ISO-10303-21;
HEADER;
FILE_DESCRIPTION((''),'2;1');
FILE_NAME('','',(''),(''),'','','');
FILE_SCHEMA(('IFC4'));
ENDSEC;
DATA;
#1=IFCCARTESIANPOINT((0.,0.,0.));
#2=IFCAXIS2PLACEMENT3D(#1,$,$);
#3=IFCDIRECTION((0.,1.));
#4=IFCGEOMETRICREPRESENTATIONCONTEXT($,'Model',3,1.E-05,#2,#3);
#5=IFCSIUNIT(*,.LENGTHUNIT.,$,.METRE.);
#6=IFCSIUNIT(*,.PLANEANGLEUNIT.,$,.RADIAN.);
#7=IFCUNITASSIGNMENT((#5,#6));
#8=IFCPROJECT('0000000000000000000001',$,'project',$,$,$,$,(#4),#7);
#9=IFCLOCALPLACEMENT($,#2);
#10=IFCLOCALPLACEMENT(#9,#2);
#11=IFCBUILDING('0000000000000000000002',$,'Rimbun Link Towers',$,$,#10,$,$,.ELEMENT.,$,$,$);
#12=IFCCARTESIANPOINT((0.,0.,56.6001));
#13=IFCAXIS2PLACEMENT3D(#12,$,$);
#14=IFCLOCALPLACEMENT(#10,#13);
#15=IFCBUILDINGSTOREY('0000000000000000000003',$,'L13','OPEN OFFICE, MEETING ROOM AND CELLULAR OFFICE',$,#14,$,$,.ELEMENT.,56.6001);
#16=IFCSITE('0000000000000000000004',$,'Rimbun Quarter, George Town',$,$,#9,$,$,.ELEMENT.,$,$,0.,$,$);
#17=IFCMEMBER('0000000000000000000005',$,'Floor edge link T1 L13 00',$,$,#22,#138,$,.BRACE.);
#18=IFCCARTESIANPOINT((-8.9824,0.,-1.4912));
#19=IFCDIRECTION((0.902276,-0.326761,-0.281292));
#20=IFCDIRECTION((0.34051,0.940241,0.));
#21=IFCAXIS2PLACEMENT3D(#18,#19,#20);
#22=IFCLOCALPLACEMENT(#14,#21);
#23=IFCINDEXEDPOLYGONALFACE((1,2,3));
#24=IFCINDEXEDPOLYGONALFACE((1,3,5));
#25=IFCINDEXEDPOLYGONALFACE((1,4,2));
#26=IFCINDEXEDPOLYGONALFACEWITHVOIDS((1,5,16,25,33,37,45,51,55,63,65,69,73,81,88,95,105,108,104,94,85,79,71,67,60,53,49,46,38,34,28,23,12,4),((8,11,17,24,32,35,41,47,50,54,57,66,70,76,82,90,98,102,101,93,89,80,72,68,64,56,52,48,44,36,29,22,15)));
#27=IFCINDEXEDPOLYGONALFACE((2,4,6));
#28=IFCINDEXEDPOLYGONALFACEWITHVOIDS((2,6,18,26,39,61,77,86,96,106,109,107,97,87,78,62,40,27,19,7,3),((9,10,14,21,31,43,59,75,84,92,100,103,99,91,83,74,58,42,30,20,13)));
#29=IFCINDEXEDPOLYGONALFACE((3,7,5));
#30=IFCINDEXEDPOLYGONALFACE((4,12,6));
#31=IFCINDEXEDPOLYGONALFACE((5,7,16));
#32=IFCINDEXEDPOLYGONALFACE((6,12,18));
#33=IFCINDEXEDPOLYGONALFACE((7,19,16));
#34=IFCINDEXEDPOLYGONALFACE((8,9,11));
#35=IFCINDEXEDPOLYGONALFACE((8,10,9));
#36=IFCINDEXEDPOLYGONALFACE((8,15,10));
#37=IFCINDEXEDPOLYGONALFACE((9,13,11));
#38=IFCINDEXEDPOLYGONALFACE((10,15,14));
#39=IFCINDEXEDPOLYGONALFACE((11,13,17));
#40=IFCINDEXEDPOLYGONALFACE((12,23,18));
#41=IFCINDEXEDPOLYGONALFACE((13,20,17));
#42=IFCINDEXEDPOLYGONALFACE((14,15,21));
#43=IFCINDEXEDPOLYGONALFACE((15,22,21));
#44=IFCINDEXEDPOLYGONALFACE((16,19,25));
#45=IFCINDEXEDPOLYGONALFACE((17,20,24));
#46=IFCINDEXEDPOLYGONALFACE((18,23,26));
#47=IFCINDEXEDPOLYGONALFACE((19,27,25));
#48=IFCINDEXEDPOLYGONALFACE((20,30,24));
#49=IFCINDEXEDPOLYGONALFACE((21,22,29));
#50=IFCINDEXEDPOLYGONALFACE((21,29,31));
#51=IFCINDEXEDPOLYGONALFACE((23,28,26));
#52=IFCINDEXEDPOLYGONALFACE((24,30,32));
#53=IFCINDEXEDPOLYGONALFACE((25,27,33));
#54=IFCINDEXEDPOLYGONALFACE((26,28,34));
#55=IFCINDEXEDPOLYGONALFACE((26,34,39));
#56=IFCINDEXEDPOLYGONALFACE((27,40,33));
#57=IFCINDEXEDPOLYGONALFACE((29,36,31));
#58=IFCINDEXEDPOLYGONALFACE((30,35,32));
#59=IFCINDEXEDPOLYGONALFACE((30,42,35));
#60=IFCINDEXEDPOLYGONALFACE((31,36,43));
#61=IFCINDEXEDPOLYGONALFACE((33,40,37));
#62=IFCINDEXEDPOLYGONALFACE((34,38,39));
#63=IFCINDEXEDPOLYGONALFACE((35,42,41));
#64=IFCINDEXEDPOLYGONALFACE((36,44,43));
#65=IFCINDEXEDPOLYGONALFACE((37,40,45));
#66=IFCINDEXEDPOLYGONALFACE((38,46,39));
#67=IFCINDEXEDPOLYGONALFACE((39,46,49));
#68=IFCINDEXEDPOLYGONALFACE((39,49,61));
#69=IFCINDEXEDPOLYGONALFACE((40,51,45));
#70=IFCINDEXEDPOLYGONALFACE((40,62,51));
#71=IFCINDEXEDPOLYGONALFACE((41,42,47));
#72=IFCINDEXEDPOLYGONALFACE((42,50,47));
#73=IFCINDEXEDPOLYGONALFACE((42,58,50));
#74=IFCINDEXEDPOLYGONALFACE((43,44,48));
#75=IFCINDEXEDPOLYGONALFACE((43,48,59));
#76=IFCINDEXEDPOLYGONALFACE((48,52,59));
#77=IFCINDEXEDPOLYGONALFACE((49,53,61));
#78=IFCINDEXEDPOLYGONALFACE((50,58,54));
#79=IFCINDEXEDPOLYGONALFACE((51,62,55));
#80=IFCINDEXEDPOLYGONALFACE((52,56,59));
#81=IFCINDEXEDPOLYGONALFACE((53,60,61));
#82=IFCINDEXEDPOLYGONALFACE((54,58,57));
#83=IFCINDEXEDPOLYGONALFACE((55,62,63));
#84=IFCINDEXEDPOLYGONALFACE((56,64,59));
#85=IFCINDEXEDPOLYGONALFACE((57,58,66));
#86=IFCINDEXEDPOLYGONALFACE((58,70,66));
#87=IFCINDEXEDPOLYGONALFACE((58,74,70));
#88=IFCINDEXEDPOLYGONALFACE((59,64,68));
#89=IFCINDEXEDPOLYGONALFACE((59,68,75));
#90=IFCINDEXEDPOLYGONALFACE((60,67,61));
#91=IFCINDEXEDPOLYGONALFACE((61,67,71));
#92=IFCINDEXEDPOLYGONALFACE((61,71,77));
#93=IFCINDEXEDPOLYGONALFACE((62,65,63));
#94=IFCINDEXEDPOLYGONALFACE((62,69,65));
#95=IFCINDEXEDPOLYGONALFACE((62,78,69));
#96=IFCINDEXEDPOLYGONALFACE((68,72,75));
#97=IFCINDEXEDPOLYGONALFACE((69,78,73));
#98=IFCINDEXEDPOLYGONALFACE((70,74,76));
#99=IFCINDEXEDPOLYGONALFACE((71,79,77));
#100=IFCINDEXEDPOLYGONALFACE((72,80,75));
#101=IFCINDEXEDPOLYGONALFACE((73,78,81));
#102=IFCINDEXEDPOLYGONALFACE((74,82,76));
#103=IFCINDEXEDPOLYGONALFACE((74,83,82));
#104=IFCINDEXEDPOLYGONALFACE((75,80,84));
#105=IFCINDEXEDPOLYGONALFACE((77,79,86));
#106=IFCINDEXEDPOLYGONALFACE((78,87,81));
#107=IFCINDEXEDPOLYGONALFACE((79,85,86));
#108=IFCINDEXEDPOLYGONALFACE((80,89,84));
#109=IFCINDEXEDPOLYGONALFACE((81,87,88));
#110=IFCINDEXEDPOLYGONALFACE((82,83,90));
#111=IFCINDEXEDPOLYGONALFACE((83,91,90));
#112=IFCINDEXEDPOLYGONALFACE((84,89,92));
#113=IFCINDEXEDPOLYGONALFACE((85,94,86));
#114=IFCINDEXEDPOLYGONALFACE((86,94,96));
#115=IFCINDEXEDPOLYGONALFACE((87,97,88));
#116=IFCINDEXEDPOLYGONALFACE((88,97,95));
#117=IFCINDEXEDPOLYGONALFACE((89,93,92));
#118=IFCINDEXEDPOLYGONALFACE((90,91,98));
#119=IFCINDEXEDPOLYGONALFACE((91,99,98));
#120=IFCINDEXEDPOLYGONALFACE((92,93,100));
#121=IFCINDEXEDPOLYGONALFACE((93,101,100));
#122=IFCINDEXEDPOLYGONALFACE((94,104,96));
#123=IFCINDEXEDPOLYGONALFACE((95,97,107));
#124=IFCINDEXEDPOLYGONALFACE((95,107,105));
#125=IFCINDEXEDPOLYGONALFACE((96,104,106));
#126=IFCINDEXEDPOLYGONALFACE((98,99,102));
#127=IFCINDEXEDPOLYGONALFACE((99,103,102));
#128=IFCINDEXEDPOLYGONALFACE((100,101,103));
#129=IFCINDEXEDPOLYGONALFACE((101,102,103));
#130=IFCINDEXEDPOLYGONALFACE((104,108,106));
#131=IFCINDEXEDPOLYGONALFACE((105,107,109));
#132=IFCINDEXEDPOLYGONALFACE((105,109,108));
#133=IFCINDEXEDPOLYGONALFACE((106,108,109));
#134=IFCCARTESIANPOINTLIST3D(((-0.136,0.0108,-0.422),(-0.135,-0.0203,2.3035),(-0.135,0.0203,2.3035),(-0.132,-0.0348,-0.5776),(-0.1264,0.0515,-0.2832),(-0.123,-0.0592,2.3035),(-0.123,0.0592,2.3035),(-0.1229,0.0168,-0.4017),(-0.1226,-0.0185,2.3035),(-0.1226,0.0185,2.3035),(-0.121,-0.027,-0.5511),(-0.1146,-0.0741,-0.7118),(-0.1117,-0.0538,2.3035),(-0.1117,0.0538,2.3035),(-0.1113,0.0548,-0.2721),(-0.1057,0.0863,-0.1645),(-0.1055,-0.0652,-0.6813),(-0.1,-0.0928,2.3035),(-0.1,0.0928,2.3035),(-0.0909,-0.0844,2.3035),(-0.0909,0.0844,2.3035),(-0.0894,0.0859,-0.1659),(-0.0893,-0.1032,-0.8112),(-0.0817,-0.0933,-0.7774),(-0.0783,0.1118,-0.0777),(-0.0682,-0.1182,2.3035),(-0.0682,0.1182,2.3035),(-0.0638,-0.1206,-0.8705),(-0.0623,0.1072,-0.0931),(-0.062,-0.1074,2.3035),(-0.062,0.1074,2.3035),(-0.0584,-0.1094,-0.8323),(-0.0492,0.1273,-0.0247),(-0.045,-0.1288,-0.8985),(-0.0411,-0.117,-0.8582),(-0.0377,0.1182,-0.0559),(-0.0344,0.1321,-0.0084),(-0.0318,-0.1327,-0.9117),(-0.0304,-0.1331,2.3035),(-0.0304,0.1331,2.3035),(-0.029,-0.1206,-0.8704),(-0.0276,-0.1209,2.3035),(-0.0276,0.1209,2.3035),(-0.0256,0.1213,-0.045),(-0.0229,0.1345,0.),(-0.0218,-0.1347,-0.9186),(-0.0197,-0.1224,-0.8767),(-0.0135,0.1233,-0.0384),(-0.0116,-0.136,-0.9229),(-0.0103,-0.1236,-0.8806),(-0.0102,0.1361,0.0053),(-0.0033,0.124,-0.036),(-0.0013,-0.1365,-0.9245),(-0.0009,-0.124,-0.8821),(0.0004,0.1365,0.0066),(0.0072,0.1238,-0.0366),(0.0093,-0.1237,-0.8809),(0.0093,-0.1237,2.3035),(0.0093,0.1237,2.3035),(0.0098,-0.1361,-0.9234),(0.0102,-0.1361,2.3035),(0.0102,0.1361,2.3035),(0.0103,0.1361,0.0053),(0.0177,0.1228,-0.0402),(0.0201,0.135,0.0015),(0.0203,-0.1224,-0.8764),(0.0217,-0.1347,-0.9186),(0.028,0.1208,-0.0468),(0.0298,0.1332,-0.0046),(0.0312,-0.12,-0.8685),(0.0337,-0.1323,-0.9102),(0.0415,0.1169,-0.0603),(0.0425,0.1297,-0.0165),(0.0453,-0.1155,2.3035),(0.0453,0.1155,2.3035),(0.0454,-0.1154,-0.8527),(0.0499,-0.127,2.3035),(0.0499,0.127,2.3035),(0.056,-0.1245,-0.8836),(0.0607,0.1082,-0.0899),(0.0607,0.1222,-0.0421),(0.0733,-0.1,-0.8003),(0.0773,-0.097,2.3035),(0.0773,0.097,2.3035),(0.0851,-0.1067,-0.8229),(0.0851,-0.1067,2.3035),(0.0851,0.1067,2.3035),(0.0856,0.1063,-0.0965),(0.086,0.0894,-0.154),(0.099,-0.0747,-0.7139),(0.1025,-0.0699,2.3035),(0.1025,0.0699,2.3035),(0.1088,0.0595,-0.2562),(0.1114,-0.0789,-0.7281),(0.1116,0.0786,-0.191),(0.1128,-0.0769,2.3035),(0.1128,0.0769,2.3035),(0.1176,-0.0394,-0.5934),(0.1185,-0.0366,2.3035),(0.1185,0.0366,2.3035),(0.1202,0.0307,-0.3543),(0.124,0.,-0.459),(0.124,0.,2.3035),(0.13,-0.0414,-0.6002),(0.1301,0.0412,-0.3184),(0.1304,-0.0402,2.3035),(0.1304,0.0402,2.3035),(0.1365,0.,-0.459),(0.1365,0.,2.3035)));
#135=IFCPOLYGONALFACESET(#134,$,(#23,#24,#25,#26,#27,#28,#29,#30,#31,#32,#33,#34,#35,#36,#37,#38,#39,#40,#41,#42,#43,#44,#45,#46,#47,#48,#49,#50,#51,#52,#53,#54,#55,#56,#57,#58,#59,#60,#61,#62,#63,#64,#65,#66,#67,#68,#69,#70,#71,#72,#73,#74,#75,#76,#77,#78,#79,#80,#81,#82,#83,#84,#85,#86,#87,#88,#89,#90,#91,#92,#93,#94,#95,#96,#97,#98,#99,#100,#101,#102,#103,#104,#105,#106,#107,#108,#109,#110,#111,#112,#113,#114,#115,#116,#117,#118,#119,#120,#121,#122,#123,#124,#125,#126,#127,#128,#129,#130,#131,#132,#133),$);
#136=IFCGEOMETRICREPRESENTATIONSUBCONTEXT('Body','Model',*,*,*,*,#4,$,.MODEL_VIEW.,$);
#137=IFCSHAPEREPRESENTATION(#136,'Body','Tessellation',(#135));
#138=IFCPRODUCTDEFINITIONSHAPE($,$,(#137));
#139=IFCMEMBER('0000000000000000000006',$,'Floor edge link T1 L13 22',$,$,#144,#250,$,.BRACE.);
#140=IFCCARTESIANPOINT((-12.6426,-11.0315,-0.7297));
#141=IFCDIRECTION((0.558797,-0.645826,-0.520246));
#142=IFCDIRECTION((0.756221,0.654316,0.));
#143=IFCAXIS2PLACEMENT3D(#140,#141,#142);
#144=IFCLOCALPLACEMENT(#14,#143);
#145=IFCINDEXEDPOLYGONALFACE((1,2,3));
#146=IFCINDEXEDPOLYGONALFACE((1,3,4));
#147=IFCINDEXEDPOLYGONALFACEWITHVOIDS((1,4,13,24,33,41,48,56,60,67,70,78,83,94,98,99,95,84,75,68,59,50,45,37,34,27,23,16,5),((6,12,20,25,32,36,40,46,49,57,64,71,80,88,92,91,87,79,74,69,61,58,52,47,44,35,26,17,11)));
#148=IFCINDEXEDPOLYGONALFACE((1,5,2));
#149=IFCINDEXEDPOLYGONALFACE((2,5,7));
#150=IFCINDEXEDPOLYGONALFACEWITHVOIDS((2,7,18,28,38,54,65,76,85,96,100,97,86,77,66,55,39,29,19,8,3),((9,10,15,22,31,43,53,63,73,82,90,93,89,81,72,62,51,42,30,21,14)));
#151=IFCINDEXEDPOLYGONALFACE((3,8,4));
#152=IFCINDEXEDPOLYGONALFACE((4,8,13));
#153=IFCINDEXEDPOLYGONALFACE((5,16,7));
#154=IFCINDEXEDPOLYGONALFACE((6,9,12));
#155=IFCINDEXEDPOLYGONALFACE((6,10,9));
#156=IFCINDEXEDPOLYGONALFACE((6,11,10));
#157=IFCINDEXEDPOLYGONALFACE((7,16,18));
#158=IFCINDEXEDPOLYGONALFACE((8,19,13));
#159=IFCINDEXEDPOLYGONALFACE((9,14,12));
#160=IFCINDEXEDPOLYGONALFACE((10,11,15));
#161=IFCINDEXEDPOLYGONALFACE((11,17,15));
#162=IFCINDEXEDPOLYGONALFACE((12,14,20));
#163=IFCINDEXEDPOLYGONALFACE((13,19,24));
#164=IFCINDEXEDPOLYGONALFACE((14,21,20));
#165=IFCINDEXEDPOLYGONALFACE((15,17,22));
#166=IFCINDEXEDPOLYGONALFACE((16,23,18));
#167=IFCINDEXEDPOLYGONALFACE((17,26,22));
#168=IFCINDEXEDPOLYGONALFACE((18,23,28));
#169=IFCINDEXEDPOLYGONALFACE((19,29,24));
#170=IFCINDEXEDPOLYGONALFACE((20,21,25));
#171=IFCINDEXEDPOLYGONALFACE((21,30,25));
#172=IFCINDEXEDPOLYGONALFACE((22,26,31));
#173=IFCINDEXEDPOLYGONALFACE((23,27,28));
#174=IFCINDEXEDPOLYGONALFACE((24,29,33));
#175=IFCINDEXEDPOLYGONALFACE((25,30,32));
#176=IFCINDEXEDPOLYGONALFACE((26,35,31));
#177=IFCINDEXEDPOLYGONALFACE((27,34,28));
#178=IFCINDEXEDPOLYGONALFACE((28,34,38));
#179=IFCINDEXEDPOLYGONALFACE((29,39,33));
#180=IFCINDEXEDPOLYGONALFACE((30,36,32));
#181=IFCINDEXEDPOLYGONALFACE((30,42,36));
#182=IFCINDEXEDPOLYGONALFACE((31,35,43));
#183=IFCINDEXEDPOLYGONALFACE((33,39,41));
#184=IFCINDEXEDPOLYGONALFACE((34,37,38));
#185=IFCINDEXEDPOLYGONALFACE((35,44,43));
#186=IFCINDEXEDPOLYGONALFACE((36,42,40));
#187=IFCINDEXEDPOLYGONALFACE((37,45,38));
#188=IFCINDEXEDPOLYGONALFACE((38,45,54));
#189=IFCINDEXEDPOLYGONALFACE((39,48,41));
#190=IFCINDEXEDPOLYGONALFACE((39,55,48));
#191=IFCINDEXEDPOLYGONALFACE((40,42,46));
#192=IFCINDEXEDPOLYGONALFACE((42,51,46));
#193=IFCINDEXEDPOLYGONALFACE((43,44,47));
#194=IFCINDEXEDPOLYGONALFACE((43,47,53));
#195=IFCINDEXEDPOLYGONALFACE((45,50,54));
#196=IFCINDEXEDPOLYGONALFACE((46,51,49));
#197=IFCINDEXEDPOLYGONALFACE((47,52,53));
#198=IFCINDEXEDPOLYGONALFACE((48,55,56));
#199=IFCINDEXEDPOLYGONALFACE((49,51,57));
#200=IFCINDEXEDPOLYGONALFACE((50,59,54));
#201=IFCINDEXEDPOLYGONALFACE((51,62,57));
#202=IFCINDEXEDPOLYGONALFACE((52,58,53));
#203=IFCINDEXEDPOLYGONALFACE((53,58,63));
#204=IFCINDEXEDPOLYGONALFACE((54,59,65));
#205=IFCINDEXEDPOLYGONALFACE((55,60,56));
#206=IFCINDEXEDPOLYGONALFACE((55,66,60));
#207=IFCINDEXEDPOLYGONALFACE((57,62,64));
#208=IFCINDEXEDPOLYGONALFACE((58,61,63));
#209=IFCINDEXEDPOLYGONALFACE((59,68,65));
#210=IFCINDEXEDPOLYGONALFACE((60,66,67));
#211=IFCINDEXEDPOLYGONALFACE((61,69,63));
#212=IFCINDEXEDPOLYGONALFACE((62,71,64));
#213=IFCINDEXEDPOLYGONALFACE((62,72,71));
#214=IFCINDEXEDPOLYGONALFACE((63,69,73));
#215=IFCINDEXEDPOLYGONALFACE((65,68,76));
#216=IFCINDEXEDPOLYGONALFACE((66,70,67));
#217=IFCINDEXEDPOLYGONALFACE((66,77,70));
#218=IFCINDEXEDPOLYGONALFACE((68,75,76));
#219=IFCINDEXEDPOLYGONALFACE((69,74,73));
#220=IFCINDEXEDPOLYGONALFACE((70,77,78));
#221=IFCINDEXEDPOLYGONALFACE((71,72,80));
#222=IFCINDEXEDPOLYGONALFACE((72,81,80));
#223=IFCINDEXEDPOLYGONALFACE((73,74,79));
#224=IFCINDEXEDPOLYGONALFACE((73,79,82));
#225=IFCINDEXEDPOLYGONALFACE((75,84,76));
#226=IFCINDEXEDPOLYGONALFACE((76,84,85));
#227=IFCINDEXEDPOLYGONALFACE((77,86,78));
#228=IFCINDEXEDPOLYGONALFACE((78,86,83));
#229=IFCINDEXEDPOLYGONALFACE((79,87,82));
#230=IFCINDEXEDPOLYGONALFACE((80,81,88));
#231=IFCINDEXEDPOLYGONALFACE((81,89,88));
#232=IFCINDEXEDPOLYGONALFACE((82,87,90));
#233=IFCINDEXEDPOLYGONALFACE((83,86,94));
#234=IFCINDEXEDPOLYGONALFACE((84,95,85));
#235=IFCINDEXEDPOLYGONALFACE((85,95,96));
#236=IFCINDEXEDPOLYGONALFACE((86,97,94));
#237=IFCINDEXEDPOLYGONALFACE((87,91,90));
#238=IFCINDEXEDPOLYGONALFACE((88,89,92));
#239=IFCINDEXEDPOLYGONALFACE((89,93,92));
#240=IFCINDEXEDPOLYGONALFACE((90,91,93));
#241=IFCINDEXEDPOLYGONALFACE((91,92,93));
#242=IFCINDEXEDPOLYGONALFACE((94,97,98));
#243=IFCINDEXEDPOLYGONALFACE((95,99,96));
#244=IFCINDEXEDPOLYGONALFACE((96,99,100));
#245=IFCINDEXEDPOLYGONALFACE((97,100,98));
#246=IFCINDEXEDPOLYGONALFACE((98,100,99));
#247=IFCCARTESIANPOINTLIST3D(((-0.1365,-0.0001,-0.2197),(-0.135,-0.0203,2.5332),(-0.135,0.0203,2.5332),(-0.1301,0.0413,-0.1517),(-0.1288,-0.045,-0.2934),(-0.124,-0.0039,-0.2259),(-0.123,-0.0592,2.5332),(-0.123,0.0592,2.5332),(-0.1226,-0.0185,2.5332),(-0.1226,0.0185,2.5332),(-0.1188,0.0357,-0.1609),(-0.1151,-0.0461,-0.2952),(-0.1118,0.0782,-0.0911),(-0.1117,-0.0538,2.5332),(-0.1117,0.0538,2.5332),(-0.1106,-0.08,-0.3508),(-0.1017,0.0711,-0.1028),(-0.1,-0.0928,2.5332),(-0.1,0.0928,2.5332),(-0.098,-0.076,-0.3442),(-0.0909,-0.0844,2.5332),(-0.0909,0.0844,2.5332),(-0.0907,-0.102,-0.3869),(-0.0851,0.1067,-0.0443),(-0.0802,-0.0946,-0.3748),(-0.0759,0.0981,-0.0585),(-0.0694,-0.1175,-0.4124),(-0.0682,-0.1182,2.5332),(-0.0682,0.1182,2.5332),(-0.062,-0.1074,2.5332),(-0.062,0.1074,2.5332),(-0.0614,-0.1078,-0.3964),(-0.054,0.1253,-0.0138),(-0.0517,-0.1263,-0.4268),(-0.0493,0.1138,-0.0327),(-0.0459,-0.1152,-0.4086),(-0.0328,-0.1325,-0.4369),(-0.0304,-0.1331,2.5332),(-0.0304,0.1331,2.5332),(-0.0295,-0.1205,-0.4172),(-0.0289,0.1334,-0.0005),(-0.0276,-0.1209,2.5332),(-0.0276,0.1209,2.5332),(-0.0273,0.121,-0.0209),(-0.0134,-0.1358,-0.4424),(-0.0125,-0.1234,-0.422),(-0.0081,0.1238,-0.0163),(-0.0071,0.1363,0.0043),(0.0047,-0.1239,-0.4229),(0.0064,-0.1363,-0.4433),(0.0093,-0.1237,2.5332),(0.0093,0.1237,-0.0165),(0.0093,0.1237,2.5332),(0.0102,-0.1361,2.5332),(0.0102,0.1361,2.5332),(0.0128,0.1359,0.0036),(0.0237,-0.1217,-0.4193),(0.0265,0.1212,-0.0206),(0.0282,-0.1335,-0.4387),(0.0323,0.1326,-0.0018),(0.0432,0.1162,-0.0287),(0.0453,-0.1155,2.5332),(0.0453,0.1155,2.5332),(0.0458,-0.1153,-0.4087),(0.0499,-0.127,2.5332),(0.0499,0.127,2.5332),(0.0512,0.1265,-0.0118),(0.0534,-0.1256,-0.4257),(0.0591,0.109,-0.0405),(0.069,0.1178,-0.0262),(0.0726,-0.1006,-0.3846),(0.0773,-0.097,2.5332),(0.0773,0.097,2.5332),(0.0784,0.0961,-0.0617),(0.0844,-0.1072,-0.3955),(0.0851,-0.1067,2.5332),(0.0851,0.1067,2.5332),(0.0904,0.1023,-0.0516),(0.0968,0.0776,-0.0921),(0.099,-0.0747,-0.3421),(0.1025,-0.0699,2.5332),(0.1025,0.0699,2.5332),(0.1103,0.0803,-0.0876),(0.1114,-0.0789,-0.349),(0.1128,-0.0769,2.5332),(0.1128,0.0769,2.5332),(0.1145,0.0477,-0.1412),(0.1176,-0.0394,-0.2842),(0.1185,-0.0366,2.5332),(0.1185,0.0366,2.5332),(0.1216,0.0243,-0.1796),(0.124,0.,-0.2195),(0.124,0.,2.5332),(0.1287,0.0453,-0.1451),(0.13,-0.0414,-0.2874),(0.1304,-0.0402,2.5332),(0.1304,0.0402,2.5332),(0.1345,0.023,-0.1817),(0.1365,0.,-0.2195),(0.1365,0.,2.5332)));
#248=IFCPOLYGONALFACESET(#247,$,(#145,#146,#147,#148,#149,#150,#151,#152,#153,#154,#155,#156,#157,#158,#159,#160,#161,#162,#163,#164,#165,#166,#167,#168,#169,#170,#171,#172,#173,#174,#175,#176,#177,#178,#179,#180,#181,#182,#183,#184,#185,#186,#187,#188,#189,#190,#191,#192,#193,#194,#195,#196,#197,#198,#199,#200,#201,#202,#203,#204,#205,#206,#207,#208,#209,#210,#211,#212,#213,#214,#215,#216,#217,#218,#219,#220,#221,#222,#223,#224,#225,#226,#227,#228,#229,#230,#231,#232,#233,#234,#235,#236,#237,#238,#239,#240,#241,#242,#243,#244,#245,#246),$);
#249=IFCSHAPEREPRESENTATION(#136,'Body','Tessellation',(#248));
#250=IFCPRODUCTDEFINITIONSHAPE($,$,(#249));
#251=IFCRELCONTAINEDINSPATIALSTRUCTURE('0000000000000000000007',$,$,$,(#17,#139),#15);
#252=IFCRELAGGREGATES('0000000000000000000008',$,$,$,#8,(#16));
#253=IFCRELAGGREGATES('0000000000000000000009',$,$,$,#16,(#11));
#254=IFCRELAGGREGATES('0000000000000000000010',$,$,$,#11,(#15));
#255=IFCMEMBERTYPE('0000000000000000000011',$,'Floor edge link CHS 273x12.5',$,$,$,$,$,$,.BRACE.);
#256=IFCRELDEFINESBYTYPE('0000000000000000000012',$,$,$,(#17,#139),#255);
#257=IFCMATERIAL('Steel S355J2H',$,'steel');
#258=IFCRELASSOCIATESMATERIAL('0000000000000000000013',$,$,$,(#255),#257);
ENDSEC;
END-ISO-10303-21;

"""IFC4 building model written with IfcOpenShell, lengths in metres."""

from ifc_helpers import new_model, si_unit, direction, frame, origin, origin_2d, place, context, subcontext, project, spatial, hollow_circle, extrude, clip, halfspace, material, material_profile, profile_set, type_object, element, save


model = new_model("IFC4")

# Units and contexts
model_context = context("Model", 3, precision=1e-05, world=origin(), true_north=direction((0.0, 1.0)))
body_context = subcontext(model_context, "Body", "Model", "MODEL_VIEW")
ifc_project = project(units=[si_unit("LENGTHUNIT", "METRE"), si_unit("PLANEANGLEUNIT", "RADIAN")], contexts=[model_context])

# Site, building, storey
site_placement = place(None, origin())
site = spatial("IfcSite", under=ifc_project, at=site_placement, Name="Rimbun Quarter, George Town", CompositionType="ELEMENT", RefElevation=0.0)
building_placement = place(site_placement, origin())
building = spatial("IfcBuilding", under=site, at=building_placement, Name="Rimbun Link Towers", CompositionType="ELEMENT")
storey_placement = place(building_placement, frame((0.0, 0.0, 56.6001)))
storey = spatial("IfcBuildingStorey", under=building, at=storey_placement, Name="L13", Description="OPEN OFFICE, MEETING ROOM AND CELLULAR OFFICE", CompositionType="ELEMENT", Elevation=56.6001)

# Members
ifc_material_1 = material(Name="Steel S355J2H", Category="steel")
ifc_material_profile_1 = material_profile(ifc_material_1, hollow_circle(Radius=0.1365, WallThickness=0.0125, at=origin_2d()), Name="CHS 273x12.5")
ifc_profile_set_1 = profile_set([ifc_material_profile_1], Name="Steel S355J2H")
member_type_1 = type_object("IfcMemberType", Name="Floor edge link CHS 273x12.5", PredefinedType="BRACE", material=ifc_profile_set_1)
member_1_placement = place(storey_placement, frame((-8.9824, 0.0, -1.4912), z_axis=(0.902276, -0.326761, -0.281292), x_axis=(0.34051, 0.940241, 0.0)))
element("IfcMember", 1, at=member_1_placement, inside=storey, type_object=member_type_1, Name="Floor edge link T1 L13 00", PredefinedType="BRACE", context=body_context, shape_type="Clipping", body=[
    clip(extrude(hollow_circle(Radius=0.1365, WallThickness=0.0125, at=origin_2d()), frame((0.0, 0.0, -0.9668)), (0.0, 0.0, 1.0), 3.2703), halfspace(frame((0.0, 0.0, -0.459), z_axis=(0.0, 0.959622, -0.281292)), False)),
])
member_2_placement = place(storey_placement, frame((-12.6426, -11.0315, -0.7297), z_axis=(0.558797, -0.645826, -0.520246), x_axis=(0.756221, 0.654316, 0.0)))
element("IfcMember", 2, at=member_2_placement, inside=storey, type_object=member_type_1, Name="Floor edge link T1 L13 22", PredefinedType="BRACE", context=body_context, shape_type="Clipping", body=[
    clip(extrude(hollow_circle(Radius=0.1365, WallThickness=0.0125, at=origin_2d()), frame((0.0, 0.0, -0.4673)), (0.0, 0.0, 1.0), 3.0005), halfspace(frame((0.0, 0.0, -0.2195), z_axis=(0.0, 0.854017, -0.520246)), False)),
])

save(model, "model.ifc")
